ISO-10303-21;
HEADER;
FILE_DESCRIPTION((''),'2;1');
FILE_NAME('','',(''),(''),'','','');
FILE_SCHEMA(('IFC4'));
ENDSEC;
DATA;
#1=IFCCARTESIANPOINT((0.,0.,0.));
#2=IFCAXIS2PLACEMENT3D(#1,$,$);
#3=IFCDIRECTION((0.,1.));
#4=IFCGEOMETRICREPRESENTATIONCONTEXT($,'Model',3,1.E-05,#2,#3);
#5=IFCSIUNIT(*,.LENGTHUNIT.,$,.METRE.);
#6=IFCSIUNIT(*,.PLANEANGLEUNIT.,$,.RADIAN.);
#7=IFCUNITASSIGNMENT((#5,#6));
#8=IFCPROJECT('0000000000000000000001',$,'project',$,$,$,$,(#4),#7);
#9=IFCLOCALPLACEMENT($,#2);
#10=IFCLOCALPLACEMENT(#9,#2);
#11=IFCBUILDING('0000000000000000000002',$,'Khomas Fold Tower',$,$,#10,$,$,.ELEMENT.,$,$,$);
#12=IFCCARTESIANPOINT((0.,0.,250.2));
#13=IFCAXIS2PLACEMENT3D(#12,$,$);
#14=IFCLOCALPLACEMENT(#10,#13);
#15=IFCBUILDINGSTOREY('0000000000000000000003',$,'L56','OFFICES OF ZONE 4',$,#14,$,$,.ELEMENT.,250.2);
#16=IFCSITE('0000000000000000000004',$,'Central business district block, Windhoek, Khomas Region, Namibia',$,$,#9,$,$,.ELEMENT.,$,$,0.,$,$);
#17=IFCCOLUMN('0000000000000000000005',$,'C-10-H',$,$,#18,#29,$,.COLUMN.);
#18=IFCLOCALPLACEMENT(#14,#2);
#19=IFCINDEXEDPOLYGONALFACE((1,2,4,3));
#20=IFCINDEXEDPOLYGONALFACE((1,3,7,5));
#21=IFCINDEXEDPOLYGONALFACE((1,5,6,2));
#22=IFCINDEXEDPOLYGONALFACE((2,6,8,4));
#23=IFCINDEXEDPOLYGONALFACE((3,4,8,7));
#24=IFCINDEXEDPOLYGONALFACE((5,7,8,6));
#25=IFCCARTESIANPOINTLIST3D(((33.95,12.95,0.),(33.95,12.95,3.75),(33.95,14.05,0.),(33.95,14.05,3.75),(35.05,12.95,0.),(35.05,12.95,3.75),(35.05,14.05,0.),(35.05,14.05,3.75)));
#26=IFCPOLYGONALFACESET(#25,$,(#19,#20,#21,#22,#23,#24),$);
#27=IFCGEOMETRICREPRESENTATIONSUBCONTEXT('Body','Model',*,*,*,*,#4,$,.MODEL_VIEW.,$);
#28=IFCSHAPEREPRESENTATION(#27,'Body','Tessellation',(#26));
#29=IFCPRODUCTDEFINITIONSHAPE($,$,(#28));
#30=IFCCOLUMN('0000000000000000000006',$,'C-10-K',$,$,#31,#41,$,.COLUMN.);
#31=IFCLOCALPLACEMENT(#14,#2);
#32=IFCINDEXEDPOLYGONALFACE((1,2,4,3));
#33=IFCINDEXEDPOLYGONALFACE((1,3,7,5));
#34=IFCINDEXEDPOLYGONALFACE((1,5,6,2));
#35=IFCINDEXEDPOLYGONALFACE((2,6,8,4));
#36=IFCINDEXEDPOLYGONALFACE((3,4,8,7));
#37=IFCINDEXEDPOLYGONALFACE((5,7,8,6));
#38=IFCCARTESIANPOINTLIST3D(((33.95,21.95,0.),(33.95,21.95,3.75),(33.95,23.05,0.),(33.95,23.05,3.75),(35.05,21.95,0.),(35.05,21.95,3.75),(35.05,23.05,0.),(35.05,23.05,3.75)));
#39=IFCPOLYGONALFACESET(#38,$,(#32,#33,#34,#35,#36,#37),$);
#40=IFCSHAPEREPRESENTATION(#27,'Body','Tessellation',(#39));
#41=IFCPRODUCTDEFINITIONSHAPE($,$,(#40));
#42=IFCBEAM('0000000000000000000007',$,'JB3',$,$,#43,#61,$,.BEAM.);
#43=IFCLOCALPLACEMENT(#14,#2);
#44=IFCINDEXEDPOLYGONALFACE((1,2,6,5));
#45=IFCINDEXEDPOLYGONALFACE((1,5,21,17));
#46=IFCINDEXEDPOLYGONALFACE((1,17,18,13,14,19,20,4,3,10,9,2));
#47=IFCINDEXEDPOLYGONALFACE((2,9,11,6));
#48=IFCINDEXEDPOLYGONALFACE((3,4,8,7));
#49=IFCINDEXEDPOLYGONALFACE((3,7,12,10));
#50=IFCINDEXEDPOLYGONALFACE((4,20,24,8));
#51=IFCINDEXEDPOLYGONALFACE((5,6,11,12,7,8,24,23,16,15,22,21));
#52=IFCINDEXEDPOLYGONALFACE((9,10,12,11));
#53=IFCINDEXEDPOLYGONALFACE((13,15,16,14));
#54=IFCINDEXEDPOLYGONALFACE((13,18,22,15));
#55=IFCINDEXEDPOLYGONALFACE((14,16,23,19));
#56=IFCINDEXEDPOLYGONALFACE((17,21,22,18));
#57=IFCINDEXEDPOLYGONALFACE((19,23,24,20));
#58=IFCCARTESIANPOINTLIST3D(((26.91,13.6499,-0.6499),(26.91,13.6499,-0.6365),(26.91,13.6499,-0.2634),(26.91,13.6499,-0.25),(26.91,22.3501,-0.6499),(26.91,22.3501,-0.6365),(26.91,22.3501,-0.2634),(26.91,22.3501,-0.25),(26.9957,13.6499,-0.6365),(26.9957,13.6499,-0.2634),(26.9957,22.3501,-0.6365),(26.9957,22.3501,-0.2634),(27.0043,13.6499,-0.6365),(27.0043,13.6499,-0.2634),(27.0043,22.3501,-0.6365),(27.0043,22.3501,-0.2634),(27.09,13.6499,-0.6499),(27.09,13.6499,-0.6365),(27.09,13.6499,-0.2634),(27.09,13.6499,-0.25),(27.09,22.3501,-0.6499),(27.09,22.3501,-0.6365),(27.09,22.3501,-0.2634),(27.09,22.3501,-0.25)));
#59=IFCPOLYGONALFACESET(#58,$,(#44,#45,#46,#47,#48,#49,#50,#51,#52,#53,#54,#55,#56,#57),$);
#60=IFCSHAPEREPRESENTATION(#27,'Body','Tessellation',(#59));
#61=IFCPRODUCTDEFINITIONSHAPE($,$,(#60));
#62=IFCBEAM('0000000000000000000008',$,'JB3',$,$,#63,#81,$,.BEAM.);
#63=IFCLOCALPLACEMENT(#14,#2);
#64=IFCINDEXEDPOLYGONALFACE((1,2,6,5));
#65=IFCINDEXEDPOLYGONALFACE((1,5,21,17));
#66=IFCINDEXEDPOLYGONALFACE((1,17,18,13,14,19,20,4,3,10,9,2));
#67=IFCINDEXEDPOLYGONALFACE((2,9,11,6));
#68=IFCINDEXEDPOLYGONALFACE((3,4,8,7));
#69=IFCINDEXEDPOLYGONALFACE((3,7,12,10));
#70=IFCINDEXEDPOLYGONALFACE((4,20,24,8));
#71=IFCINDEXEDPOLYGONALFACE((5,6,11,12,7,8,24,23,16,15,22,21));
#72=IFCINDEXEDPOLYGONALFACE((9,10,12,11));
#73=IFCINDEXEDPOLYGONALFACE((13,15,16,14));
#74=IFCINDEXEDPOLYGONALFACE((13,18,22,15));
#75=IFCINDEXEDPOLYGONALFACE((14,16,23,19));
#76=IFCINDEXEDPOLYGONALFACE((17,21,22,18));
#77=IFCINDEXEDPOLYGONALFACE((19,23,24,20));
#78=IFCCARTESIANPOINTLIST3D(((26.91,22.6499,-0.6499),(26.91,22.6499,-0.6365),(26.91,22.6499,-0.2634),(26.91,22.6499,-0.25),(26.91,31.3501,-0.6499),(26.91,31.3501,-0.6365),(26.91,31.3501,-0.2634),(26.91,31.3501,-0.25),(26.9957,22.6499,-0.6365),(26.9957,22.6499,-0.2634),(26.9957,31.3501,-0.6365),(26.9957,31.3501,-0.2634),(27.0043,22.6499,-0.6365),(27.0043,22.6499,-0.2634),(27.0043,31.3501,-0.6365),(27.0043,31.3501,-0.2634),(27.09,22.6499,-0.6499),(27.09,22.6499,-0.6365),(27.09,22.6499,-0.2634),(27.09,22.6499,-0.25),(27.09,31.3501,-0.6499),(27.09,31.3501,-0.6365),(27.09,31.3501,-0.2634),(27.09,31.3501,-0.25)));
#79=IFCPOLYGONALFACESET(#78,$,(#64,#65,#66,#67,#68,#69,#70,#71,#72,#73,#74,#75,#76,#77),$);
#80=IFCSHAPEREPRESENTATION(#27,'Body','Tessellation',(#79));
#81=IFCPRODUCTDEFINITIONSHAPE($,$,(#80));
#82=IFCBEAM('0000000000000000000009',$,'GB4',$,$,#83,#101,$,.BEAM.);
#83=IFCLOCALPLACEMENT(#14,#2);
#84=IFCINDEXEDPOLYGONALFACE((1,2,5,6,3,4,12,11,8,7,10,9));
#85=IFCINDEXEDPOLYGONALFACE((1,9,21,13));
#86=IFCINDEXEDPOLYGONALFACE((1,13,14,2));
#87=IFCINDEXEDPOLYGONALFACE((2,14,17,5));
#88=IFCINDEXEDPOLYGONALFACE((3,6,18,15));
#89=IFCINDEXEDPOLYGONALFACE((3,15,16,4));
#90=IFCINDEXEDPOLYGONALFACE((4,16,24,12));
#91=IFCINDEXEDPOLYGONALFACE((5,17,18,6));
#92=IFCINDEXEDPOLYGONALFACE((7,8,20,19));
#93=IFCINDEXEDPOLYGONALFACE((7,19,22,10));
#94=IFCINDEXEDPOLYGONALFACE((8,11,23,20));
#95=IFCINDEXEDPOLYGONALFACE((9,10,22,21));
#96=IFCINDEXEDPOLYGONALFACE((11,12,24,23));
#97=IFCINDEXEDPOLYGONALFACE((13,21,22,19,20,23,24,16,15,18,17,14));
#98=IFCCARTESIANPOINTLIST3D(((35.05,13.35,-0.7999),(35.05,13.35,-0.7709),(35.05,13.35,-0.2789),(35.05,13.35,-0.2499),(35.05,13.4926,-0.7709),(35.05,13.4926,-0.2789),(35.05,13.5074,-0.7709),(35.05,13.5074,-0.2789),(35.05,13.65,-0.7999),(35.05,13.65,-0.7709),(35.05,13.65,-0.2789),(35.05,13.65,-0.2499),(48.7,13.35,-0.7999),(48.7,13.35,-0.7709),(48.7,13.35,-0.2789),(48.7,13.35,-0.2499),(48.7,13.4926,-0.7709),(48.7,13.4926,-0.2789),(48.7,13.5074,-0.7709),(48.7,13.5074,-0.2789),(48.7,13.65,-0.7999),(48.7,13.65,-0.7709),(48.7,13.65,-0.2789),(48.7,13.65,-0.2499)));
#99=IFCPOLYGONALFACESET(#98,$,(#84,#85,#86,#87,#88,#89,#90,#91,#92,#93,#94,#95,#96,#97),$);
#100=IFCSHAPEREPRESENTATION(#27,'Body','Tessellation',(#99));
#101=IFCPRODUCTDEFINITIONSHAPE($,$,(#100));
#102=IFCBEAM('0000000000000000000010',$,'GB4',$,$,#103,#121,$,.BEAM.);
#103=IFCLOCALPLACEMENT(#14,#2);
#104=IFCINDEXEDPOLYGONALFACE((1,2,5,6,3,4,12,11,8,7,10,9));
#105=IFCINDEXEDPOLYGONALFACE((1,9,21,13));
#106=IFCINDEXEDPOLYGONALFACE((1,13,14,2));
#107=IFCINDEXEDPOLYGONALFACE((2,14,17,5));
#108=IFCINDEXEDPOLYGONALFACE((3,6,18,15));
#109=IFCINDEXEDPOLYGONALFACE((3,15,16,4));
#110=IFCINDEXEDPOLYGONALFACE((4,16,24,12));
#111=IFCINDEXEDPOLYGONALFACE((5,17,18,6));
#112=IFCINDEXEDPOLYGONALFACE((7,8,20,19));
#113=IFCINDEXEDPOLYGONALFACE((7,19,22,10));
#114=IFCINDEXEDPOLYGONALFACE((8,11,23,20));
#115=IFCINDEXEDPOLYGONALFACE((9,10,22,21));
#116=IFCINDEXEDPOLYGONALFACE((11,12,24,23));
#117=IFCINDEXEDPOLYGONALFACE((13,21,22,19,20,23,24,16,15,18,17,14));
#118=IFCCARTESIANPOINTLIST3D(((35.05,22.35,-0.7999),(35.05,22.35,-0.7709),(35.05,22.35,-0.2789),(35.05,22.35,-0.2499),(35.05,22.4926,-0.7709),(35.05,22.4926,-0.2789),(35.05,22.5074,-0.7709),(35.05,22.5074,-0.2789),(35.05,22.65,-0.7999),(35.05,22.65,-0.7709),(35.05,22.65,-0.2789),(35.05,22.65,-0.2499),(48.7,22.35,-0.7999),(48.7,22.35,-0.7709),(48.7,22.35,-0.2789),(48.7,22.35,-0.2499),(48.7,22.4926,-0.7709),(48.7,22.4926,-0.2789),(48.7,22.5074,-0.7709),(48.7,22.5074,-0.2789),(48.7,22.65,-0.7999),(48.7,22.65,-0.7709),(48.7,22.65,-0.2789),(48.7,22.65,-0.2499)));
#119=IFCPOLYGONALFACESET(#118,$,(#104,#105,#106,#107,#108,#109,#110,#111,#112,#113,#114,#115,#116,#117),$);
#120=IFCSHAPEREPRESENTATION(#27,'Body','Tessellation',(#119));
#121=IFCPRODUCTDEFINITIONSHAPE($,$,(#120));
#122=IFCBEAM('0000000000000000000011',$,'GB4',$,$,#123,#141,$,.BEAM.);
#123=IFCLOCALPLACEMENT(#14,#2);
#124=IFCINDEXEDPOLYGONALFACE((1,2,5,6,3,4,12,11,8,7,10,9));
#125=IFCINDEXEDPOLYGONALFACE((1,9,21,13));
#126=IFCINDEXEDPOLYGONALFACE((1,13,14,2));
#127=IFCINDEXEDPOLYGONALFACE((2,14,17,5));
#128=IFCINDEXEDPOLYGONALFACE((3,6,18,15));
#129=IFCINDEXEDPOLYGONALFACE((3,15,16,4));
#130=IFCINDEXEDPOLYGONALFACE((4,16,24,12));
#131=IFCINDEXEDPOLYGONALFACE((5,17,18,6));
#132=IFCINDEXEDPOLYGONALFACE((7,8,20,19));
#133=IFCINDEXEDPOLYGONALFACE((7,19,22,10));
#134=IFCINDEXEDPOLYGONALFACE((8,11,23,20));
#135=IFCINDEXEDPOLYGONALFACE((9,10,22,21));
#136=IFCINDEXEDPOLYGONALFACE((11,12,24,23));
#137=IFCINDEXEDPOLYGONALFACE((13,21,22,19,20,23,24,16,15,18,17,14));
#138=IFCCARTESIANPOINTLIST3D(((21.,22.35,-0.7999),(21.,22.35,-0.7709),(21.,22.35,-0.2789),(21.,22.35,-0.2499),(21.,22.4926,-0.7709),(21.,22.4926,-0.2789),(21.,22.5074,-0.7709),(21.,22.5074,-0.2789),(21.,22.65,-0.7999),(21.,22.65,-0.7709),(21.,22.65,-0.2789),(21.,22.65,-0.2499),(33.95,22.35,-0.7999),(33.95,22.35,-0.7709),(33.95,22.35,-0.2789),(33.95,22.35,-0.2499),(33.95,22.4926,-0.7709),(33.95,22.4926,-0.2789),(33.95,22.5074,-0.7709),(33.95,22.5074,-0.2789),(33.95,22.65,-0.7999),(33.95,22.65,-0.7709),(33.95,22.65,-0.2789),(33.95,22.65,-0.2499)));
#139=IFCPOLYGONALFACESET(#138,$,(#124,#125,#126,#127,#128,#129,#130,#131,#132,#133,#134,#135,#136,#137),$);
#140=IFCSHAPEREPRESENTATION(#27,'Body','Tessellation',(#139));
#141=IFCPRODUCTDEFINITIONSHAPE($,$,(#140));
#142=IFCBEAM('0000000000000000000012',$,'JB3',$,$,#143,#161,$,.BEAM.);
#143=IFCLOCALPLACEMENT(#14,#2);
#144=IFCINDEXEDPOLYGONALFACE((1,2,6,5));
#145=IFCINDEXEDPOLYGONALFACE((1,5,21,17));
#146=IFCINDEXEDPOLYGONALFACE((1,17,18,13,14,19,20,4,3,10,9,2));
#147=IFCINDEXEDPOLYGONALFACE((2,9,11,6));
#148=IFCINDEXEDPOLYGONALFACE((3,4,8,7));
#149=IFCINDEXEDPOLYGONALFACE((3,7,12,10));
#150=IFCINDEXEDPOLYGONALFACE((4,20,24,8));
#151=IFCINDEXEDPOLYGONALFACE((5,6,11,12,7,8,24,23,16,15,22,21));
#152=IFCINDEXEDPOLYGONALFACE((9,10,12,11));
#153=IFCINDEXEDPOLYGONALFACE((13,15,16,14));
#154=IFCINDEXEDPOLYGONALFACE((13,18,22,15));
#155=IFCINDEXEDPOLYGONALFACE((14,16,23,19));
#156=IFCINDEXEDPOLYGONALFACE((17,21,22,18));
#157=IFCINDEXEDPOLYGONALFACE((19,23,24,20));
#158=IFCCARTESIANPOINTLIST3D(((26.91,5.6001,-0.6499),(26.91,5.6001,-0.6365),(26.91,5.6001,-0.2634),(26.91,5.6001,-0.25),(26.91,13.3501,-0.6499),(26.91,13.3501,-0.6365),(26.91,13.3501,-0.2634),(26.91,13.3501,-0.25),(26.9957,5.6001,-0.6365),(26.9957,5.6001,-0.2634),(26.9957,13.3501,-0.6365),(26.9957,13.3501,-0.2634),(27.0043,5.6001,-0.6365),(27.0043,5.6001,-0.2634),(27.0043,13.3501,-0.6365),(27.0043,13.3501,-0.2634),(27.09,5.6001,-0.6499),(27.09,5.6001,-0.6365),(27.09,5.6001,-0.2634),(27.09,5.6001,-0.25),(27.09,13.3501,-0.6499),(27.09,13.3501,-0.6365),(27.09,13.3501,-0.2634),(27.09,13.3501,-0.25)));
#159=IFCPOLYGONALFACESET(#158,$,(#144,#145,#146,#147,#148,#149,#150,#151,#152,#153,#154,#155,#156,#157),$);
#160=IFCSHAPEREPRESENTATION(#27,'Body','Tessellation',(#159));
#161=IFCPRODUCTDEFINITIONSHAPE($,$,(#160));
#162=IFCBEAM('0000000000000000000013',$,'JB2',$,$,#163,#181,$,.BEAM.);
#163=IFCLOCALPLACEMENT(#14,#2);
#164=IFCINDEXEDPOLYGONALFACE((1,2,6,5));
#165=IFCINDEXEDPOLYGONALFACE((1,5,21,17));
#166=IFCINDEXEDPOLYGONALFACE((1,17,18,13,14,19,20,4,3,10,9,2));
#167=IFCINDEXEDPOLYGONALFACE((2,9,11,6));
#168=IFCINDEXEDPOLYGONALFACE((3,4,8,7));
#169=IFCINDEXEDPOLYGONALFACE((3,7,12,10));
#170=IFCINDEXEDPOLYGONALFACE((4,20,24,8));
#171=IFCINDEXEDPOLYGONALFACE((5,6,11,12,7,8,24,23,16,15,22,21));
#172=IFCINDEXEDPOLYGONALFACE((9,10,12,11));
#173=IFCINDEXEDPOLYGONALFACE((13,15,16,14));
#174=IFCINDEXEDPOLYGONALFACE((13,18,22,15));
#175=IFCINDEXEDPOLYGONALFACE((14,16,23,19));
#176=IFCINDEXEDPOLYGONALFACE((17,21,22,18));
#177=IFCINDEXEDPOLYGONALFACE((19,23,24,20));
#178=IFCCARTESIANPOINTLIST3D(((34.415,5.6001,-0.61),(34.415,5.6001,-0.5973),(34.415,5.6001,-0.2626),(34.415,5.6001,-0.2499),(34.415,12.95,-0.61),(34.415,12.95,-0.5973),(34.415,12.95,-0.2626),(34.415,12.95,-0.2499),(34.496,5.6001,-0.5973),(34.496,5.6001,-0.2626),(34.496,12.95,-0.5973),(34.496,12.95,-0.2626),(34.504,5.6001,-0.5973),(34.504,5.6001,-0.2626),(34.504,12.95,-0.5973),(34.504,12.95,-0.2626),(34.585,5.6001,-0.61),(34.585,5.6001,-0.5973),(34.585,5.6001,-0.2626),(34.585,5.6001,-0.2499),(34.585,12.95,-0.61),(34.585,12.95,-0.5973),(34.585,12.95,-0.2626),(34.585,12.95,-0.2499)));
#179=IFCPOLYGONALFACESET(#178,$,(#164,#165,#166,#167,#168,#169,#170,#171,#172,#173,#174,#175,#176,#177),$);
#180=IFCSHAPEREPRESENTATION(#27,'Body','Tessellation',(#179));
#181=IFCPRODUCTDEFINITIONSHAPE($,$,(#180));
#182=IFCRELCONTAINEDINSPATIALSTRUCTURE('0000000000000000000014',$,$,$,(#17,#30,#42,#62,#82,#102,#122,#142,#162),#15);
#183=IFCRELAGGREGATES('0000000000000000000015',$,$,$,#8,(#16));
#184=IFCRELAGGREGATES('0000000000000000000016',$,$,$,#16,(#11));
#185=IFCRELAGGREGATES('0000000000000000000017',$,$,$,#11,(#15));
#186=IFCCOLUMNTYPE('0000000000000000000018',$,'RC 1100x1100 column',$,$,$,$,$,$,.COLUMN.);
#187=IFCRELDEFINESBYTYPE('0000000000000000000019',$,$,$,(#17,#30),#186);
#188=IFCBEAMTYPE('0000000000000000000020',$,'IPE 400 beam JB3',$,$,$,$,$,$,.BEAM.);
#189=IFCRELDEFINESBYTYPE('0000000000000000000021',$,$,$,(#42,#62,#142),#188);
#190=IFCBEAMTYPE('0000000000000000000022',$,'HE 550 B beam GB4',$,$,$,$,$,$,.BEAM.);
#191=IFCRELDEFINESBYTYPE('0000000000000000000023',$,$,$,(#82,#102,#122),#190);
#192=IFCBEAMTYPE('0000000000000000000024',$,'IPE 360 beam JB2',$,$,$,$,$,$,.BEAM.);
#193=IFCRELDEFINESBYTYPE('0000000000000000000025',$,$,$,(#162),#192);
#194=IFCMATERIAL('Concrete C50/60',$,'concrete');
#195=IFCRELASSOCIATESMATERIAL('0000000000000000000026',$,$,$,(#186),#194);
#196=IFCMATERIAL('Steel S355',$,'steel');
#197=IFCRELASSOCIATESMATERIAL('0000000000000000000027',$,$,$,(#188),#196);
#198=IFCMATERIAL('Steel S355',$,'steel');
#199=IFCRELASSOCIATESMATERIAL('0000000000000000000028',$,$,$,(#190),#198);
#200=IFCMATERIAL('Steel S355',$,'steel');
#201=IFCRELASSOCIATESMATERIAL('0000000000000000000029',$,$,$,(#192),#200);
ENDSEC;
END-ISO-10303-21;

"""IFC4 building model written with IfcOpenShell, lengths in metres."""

from ifc_helpers import new_model, si_unit, direction, frame, origin, origin_2d, place, context, subcontext, project, spatial, rectangle, i_section, extrude, source, transform, mapped, material, material_profile, profile_set, type_object, element, save


model = new_model("IFC4")

# Units and contexts
model_context = context("Model", 3, precision=1e-05, world=origin(), true_north=direction((0.0, 1.0)))
body_context = subcontext(model_context, "Body", "Model", "MODEL_VIEW")
ifc_project = project(units=[si_unit("LENGTHUNIT", "METRE"), si_unit("PLANEANGLEUNIT", "RADIAN")], contexts=[model_context])

# Site, building, storey
site_placement = place(None, origin())
site = spatial("IfcSite", under=ifc_project, at=site_placement, Name="Central business district block, Windhoek, Khomas Region, Namibia", CompositionType="ELEMENT", RefElevation=0.0)
building_placement = place(site_placement, origin())
building = spatial("IfcBuilding", under=site, at=building_placement, Name="Khomas Fold Tower", CompositionType="ELEMENT")
storey_placement = place(building_placement, frame((0.0, 0.0, 250.2)))
storey = spatial("IfcBuildingStorey", under=building, at=storey_placement, Name="L56", Description="OFFICES OF ZONE 4", CompositionType="ELEMENT", Elevation=250.2)

# Columns
ifc_material_1 = material(Name="Concrete C50/60", Category="concrete")
ifc_material_profile_1 = material_profile(ifc_material_1, rectangle(XDim=1.1001, YDim=1.1001, at=origin_2d()), Name="RC 1100x1100")
ifc_profile_set_1 = profile_set([ifc_material_profile_1], Name="Concrete C50/60")
column_type = type_object("IfcColumnType", Name="RC 1100x1100 column", PredefinedType="COLUMN", material=ifc_profile_set_1)
shared_shape_1 = source(origin(), body_context, "Body", "SweptSolid", [
    extrude(rectangle(XDim=1.1001, YDim=1.1001, at=origin_2d()), origin(), (0.0, 0.0, 1.0), 3.75),
])
for number, where, z_axis, x_axis, name in (
    (1, (34.5, 13.5, 0.0), (0.0, 0.0, 1.0), (1.0, 0.0, 0.0), "C-10-H"),
    (2, (34.5, 22.5, 0.0), (0.0, 0.0, 1.0), (1.0, 0.0, 0.0), "C-10-K"),
):
    element("IfcColumn", number, at=place(storey_placement, frame(where, z_axis=z_axis, x_axis=x_axis)), inside=storey, type_object=column_type, Name=name, PredefinedType="COLUMN", context=body_context, shape_type="MappedRepresentation", body=[
        mapped(shared_shape_1, transform((0.0, 0.0, 0.0))),
    ])

# Beams
ifc_material_2 = material(Name="Steel S355", Category="steel")
ifc_material_profile_2 = material_profile(ifc_material_2, i_section(OverallWidth=0.1799, OverallDepth=0.3999, WebThickness=0.0085, FlangeThickness=0.0134, at=origin_2d()), Name="IPE 400")
ifc_profile_set_2 = profile_set([ifc_material_profile_2], Name="Steel S355")
beam_type_1 = type_object("IfcBeamType", Name="IPE 400 beam JB3", PredefinedType="BEAM", material=ifc_profile_set_2)
shared_shape_2 = source(origin(), body_context, "Body", "SweptSolid", [
    extrude(i_section(OverallWidth=0.1799, OverallDepth=0.3999, WebThickness=0.0085, FlangeThickness=0.0134, at=origin_2d()), origin(), (0.0, 0.0, 1.0), 8.7002),
])
for number, where, z_axis, x_axis, name in (
    (3, (27.0, 13.6499, -0.45), (0.0, 1.0, 0.0), (-1.0, 0.0, 0.0), "JB3"),
    (4, (27.0, 22.6499, -0.45), (0.0, 1.0, 0.0), (-1.0, 0.0, 0.0), "JB3"),
):
    element("IfcBeam", number, at=place(storey_placement, frame(where, z_axis=z_axis, x_axis=x_axis)), inside=storey, type_object=beam_type_1, Name=name, PredefinedType="BEAM", context=body_context, shape_type="MappedRepresentation", body=[
        mapped(shared_shape_2, transform((0.0, 0.0, 0.0))),
    ])
ifc_material_3 = material(Name="Steel S355", Category="steel")
ifc_material_profile_3 = material_profile(ifc_material_3, i_section(OverallWidth=0.3, OverallDepth=0.55, WebThickness=0.0149, FlangeThickness=0.0291, at=origin_2d()), Name="HE 550 B")
ifc_profile_set_3 = profile_set([ifc_material_profile_3], Name="Steel S355")
beam_type_2 = type_object("IfcBeamType", Name="HE 550 B beam GB4", PredefinedType="BEAM", material=ifc_profile_set_3)
shared_shape_3 = source(origin(), body_context, "Body", "SweptSolid", [
    extrude(i_section(OverallWidth=0.3, OverallDepth=0.55, WebThickness=0.0149, FlangeThickness=0.0291, at=origin_2d()), origin(), (0.0, 0.0, 1.0), 13.6499),
])
for number, where, z_axis, x_axis, name in (
    (5, (35.05, 13.5, -0.5249), (1.0, 0.0, 0.0), (0.0, 1.0, 0.0), "GB4"),
    (6, (35.05, 22.5, -0.5249), (1.0, 0.0, 0.0), (0.0, 1.0, 0.0), "GB4"),
):
    element("IfcBeam", number, at=place(storey_placement, frame(where, z_axis=z_axis, x_axis=x_axis)), inside=storey, type_object=beam_type_2, Name=name, PredefinedType="BEAM", context=body_context, shape_type="MappedRepresentation", body=[
        mapped(shared_shape_3, transform((0.0, 0.0, 0.0))),
    ])
shared_shape_4 = source(origin(), body_context, "Body", "SweptSolid", [
    extrude(i_section(OverallWidth=0.3, OverallDepth=0.55, WebThickness=0.0149, FlangeThickness=0.0291, at=origin_2d()), origin(), (0.0, 0.0, 1.0), 12.95),
])
beam_1_placement = place(storey_placement, frame((21.0, 22.5, -0.5249), z_axis=(1.0, 0.0, 0.0), x_axis=(0.0, 1.0, 0.0)))
element("IfcBeam", 7, at=beam_1_placement, inside=storey, type_object=beam_type_2, Name="GB4", PredefinedType="BEAM", context=body_context, shape_type="MappedRepresentation", body=[
    mapped(shared_shape_4, transform((0.0, 0.0, 0.0))),
])
shared_shape_5 = source(origin(), body_context, "Body", "SweptSolid", [
    extrude(i_section(OverallWidth=0.1799, OverallDepth=0.3999, WebThickness=0.0085, FlangeThickness=0.0134, at=origin_2d()), origin(), (0.0, 0.0, 1.0), 7.75),
])
beam_2_placement = place(storey_placement, frame((27.0, 5.6001, -0.45), z_axis=(0.0, 1.0, 0.0), x_axis=(-1.0, 0.0, 0.0)))
element("IfcBeam", 8, at=beam_2_placement, inside=storey, type_object=beam_type_1, Name="JB3", PredefinedType="BEAM", context=body_context, shape_type="MappedRepresentation", body=[
    mapped(shared_shape_5, transform((0.0, 0.0, 0.0))),
])
ifc_material_4 = material(Name="Steel S355", Category="steel")
ifc_material_profile_4 = material_profile(ifc_material_4, i_section(OverallWidth=0.1699, OverallDepth=0.3601, WebThickness=0.0081, FlangeThickness=0.0127, at=origin_2d()), Name="IPE 360")
ifc_profile_set_4 = profile_set([ifc_material_profile_4], Name="Steel S355")
beam_type_3 = type_object("IfcBeamType", Name="IPE 360 beam JB2", PredefinedType="BEAM", material=ifc_profile_set_4)
shared_shape_6 = source(origin(), body_context, "Body", "SweptSolid", [
    extrude(i_section(OverallWidth=0.1699, OverallDepth=0.3601, WebThickness=0.0081, FlangeThickness=0.0127, at=origin_2d()), origin(), (0.0, 0.0, 1.0), 7.3499),
])
beam_3_placement = place(storey_placement, frame((34.5, 5.6001, -0.4299), z_axis=(0.0, 1.0, 0.0), x_axis=(-1.0, 0.0, 0.0)))
element("IfcBeam", 9, at=beam_3_placement, inside=storey, type_object=beam_type_3, Name="JB2", PredefinedType="BEAM", context=body_context, shape_type="MappedRepresentation", body=[
    mapped(shared_shape_6, transform((0.0, 0.0, 0.0))),
])

save(model, "model.ifc")
